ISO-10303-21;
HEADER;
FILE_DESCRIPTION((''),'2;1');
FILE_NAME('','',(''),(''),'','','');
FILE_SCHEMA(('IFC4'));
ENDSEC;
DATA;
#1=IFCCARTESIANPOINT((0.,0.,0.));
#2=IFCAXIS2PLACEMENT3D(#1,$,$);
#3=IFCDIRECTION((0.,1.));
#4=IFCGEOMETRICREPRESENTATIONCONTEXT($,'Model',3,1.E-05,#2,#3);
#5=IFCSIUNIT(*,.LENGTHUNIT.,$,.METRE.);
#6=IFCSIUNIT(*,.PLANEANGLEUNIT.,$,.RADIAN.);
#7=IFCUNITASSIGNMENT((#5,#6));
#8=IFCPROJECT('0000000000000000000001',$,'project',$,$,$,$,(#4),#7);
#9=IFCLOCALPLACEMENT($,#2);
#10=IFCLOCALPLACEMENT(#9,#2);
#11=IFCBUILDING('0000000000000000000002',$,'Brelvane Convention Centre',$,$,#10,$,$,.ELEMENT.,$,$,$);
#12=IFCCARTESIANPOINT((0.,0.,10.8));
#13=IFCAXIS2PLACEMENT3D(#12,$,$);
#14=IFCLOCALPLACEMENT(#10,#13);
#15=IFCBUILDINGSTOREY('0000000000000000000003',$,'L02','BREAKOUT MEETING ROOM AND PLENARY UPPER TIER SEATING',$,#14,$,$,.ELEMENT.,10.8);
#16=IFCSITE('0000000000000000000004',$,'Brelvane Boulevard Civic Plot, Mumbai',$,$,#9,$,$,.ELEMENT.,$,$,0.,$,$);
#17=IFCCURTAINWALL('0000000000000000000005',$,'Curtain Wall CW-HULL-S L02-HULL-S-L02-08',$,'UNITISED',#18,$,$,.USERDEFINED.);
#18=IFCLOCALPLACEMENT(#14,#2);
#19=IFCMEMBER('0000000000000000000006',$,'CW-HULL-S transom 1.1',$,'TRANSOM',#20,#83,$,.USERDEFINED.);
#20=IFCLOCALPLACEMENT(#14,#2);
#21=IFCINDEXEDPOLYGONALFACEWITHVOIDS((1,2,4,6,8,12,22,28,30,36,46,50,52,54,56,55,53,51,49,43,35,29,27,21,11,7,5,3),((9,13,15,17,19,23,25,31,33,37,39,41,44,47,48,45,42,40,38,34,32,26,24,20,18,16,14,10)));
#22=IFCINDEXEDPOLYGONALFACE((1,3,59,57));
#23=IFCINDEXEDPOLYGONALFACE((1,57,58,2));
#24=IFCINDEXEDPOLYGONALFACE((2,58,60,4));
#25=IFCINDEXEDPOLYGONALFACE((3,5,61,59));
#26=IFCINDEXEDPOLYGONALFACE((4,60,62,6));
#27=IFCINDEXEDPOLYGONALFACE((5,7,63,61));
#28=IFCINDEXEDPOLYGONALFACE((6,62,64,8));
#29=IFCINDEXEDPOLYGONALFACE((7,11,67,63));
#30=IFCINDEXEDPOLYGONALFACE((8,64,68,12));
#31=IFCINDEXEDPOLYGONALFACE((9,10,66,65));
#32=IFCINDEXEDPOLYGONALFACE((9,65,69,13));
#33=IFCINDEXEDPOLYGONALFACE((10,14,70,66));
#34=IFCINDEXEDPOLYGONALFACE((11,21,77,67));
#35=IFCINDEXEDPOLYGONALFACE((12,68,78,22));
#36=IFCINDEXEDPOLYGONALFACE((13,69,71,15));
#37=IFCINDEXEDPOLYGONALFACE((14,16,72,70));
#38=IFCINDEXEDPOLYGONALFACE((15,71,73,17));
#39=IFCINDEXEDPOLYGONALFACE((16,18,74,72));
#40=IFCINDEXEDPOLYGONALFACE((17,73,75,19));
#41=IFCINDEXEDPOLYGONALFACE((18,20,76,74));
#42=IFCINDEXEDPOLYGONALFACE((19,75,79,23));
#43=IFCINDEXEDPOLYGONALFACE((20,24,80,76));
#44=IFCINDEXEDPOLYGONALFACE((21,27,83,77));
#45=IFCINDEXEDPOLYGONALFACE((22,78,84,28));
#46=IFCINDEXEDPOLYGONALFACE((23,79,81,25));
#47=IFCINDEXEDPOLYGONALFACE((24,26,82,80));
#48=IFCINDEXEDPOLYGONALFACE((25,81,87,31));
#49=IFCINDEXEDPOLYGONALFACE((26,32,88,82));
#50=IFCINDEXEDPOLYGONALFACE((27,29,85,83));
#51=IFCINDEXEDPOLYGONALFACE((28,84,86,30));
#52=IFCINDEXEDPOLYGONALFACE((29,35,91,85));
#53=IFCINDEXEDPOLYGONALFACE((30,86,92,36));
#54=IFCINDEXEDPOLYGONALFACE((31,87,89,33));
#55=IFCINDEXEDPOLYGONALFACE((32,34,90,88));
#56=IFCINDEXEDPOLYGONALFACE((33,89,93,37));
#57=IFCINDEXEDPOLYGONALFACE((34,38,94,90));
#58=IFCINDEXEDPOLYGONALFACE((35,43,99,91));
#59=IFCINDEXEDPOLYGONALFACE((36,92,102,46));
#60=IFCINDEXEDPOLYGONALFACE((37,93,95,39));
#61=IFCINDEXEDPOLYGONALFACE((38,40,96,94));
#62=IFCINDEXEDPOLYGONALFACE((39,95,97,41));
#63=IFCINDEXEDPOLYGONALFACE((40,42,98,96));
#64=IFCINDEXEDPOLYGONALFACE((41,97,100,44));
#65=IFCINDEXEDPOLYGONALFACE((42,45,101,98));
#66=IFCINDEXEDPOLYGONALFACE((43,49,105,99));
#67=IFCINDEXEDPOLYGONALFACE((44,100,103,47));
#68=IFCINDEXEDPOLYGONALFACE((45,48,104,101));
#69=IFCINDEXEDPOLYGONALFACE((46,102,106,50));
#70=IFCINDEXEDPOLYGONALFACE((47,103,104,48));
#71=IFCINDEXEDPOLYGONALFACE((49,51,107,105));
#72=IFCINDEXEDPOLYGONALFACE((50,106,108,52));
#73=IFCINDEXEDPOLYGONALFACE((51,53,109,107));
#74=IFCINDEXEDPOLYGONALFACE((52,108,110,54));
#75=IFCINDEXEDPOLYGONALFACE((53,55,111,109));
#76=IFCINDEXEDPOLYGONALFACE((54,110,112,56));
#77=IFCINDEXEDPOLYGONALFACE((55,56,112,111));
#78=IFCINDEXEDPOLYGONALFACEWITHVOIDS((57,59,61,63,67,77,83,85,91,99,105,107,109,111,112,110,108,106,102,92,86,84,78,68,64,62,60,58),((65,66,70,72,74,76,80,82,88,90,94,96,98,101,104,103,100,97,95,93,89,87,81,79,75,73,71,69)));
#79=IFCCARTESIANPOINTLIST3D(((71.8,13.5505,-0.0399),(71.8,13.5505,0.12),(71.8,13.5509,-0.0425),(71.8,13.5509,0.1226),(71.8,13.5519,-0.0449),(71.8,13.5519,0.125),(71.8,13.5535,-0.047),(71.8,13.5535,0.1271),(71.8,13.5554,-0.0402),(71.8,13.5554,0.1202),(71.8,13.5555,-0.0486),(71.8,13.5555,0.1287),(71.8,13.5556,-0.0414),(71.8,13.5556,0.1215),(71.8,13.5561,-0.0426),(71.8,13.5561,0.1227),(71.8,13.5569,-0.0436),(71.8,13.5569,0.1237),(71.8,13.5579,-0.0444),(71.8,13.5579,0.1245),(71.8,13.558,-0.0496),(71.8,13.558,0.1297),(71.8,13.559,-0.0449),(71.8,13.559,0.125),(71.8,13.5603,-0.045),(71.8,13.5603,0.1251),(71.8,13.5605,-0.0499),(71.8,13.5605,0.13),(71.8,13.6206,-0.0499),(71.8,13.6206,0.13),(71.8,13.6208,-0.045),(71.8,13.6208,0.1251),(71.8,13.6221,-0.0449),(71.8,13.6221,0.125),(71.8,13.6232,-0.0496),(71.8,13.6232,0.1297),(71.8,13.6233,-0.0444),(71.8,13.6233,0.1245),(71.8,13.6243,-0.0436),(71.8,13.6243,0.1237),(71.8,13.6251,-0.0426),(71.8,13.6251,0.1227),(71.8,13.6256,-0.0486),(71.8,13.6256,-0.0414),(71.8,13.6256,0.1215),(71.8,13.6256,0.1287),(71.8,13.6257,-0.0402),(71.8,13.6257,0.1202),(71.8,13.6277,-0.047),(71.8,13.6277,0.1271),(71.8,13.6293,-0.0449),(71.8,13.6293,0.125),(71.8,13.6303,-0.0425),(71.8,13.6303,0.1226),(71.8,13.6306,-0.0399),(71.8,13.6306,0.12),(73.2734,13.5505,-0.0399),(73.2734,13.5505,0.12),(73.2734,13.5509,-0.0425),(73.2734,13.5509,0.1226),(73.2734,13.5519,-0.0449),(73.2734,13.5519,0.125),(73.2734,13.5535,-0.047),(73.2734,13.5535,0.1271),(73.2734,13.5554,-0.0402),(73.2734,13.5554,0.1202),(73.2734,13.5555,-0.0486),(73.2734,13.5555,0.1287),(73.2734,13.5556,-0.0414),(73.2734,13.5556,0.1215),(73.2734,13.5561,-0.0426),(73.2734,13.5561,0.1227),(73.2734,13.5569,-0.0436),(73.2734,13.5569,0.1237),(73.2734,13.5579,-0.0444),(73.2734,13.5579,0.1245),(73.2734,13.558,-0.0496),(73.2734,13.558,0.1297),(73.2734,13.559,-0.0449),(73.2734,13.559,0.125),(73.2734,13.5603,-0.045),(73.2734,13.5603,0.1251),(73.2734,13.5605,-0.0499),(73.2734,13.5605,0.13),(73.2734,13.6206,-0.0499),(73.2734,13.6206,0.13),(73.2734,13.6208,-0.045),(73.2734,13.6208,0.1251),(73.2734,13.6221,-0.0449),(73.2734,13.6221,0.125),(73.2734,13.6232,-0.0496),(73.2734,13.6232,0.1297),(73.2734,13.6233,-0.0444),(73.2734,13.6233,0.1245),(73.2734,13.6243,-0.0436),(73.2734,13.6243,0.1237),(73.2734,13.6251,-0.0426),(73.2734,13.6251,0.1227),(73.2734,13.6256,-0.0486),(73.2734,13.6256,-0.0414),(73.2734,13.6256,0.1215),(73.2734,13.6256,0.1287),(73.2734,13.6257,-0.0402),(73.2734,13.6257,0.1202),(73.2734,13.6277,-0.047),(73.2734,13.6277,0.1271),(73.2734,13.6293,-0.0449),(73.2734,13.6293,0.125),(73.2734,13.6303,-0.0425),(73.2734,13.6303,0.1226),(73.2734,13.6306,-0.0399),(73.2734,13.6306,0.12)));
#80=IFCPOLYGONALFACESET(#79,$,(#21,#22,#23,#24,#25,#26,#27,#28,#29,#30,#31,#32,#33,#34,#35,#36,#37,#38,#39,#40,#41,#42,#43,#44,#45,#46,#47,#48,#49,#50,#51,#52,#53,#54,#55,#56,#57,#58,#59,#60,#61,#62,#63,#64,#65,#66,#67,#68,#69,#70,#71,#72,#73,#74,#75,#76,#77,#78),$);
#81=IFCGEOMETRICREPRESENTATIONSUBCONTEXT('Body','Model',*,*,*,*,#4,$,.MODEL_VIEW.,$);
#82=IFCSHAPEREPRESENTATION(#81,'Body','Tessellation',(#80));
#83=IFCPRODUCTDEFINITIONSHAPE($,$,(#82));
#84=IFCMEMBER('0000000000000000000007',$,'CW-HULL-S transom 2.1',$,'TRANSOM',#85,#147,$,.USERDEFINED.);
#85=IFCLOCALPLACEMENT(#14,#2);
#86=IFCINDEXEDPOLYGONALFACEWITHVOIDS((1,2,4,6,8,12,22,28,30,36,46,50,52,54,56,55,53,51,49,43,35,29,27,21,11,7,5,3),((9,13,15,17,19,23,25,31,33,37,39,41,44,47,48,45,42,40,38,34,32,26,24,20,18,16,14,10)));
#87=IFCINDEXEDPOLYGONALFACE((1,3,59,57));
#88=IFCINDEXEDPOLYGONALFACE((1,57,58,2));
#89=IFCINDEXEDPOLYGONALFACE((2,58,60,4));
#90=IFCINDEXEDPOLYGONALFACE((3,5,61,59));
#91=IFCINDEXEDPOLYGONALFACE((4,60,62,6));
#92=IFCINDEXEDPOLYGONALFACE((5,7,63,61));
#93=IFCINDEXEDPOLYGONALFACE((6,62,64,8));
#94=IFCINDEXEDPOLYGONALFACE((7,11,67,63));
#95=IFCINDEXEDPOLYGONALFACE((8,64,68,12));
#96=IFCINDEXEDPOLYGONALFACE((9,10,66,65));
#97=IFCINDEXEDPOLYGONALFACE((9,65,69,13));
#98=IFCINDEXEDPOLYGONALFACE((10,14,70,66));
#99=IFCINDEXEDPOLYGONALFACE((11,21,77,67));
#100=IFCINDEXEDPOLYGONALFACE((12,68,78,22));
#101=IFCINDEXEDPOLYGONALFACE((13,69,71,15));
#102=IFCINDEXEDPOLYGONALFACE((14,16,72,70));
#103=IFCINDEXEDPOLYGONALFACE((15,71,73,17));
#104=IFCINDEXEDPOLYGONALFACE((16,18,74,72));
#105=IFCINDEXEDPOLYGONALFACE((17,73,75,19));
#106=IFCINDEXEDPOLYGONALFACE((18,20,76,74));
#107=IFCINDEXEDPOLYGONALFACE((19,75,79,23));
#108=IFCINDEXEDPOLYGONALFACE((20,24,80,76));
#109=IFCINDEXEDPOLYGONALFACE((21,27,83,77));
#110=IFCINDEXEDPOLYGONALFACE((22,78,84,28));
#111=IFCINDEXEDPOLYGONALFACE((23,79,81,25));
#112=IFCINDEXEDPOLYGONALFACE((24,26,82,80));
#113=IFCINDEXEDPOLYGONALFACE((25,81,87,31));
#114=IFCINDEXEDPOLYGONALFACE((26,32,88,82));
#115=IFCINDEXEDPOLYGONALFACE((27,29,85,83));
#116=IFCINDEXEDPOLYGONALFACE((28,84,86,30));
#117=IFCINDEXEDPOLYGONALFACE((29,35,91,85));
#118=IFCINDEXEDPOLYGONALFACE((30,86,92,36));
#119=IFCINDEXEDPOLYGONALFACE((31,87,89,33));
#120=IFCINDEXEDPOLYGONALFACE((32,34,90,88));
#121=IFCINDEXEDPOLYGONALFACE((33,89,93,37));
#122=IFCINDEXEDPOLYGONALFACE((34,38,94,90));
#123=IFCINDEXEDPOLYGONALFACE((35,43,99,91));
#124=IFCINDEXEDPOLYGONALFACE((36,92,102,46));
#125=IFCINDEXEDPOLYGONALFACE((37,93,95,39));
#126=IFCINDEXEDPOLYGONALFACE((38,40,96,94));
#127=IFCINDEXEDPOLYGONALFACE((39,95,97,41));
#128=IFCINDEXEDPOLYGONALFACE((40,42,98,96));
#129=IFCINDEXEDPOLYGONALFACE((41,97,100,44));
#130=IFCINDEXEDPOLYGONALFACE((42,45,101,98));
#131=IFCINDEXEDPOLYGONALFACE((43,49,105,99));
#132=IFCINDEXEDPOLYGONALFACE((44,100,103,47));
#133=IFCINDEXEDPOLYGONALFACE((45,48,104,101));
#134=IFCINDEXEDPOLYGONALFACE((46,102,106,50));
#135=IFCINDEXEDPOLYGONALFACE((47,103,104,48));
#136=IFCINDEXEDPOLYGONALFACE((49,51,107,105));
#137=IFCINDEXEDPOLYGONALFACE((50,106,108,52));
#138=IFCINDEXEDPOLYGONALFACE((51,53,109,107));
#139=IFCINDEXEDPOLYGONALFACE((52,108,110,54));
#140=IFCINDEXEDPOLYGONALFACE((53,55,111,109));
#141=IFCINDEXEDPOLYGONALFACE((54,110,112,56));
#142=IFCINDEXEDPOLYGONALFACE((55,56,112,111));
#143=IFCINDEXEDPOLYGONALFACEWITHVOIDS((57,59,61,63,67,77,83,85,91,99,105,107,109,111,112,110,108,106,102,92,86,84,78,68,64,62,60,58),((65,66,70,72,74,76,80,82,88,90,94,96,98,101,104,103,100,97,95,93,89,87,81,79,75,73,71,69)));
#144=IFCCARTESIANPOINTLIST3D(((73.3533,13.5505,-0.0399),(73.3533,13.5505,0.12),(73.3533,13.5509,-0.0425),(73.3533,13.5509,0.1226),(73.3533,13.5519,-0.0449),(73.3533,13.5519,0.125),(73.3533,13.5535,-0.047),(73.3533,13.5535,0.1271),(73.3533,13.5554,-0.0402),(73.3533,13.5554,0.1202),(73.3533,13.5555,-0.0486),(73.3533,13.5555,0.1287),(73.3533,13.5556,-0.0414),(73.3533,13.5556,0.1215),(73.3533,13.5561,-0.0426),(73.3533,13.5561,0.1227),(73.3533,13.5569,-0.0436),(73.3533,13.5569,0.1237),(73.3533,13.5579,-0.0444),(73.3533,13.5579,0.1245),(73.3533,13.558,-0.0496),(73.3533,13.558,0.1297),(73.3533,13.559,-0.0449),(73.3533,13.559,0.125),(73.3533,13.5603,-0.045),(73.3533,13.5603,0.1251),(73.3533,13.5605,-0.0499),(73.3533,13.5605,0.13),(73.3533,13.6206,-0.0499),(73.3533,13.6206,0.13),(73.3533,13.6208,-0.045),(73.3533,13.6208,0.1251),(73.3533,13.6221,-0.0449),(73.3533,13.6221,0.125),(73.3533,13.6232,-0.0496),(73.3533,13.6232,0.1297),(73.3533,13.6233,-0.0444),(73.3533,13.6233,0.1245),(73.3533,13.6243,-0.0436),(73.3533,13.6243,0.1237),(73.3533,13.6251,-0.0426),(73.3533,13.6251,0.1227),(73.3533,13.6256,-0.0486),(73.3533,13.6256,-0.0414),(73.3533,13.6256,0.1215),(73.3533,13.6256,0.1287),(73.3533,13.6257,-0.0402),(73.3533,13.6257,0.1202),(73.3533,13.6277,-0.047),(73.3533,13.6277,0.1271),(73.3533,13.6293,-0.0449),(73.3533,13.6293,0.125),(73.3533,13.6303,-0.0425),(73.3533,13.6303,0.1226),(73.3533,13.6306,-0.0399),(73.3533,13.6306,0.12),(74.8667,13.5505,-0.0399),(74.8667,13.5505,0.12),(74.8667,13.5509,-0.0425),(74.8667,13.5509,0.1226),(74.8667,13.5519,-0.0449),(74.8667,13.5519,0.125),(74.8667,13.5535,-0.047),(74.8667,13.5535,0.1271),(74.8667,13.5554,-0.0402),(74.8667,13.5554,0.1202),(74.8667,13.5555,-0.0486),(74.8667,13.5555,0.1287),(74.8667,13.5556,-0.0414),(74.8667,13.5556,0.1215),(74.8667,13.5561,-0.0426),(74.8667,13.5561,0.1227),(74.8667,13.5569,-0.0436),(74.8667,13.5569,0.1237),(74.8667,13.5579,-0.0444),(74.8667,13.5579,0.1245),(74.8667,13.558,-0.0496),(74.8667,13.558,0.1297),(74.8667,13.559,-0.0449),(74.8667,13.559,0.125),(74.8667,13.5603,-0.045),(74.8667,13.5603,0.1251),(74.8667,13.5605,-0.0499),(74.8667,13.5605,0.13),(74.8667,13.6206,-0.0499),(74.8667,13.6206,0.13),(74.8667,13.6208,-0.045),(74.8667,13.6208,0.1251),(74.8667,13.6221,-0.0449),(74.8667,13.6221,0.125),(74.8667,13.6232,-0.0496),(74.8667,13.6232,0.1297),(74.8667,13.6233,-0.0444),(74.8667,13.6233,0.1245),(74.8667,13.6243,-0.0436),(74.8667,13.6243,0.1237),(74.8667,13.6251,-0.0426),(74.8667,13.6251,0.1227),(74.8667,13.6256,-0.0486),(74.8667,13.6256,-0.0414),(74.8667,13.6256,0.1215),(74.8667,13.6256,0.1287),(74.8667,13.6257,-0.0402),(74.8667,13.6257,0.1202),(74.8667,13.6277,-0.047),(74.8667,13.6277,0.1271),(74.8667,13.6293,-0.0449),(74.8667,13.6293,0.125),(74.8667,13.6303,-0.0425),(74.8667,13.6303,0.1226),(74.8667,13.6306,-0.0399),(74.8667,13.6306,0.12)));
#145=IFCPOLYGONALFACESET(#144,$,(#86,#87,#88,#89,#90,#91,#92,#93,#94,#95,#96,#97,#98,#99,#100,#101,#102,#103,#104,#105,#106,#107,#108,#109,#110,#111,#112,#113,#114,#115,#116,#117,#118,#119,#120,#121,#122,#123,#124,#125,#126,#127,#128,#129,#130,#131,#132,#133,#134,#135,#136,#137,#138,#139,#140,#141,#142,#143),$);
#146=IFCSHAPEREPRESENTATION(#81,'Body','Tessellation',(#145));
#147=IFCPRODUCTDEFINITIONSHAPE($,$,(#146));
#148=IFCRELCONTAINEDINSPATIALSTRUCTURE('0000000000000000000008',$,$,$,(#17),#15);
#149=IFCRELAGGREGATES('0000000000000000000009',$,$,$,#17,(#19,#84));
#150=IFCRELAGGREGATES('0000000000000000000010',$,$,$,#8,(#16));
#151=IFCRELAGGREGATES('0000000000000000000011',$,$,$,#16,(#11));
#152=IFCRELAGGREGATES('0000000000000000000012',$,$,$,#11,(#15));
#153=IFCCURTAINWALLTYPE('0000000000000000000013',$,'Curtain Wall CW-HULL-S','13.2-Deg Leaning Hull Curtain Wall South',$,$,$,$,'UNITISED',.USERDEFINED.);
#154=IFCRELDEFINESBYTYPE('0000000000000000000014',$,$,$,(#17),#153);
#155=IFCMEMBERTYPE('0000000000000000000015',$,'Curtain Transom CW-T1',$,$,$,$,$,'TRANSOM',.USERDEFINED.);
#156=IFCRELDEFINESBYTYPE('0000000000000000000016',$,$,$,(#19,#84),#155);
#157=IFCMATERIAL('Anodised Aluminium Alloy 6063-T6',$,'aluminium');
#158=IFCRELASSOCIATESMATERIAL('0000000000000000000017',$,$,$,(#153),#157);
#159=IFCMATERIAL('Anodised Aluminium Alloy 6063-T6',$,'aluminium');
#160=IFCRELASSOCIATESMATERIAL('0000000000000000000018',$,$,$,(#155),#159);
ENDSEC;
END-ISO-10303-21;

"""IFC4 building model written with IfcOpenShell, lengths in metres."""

from ifc_helpers import new_model, si_unit, direction, frame, origin, origin_2d, place, context, subcontext, project, spatial, hollow_rectangle, extrude, material, material_profile, profile_set, type_object, element, aggregate, save


model = new_model("IFC4")

# Units and contexts
model_context = context("Model", 3, precision=1e-05, world=origin(), true_north=direction((0.0, 1.0)))
body_context = subcontext(model_context, "Body", "Model", "MODEL_VIEW")
ifc_project = project(units=[si_unit("LENGTHUNIT", "METRE"), si_unit("PLANEANGLEUNIT", "RADIAN")], contexts=[model_context])

# Site, building, storey
site_placement = place(None, origin())
site = spatial("IfcSite", under=ifc_project, at=site_placement, Name="Brelvane Boulevard Civic Plot, Mumbai", CompositionType="ELEMENT", RefElevation=0.0)
building_placement = place(site_placement, origin())
building = spatial("IfcBuilding", under=site, at=building_placement, Name="Brelvane Convention Centre", CompositionType="ELEMENT")
storey_placement = place(building_placement, frame((0.0, 0.0, 10.8)))
storey = spatial("IfcBuildingStorey", under=building, at=storey_placement, Name="L02", Description="BREAKOUT MEETING ROOM AND PLENARY UPPER TIER SEATING", CompositionType="ELEMENT", Elevation=10.8)

# Curtain wall
ifc_material_1 = material(Name="Anodised Aluminium Alloy 6063-T6", Category="aluminium")
curtain_wall_type = type_object("IfcCurtainWallType", Name="Curtain Wall CW-HULL-S", Description="13.2-Deg Leaning Hull Curtain Wall South", ElementType="UNITISED", PredefinedType="USERDEFINED", material=ifc_material_1)
curtain_wall_1_placement = place(storey_placement, origin())
curtain_wall_1 = element("IfcCurtainWall", 1, at=curtain_wall_1_placement, inside=storey, type_object=curtain_wall_type, Name="Curtain Wall CW-HULL-S L02-HULL-S-L02-08", ObjectType="UNITISED", PredefinedType="USERDEFINED")

# Members
ifc_material_2 = material(Name="Anodised Aluminium Alloy 6063-T6", Category="aluminium")
ifc_material_profile_1 = material_profile(ifc_material_2, hollow_rectangle(XDim=0.0801, YDim=0.1799, WallThickness=0.0049, InnerFilletRadius=0.0049, OuterFilletRadius=0.01, at=origin_2d()), Name="ALU-T 180x80x5.0")
ifc_profile_set_1 = profile_set([ifc_material_profile_1], Name="Anodised Aluminium Alloy 6063-T6")
member_type_1 = type_object("IfcMemberType", Name="Curtain Transom CW-T1", ElementType="TRANSOM", PredefinedType="USERDEFINED", material=ifc_profile_set_1)
member_1_placement = place(storey_placement, frame((71.8, 13.5906, 0.04), z_axis=(1.0, 0.0, 0.0), x_axis=(0.0, 1.0, 0.0)))
member_1 = element("IfcMember", 2, at=member_1_placement, type_object=member_type_1, Name="CW-HULL-S transom 1.1", ObjectType="TRANSOM", PredefinedType="USERDEFINED", context=body_context, shape_type="SweptSolid", body=[
    extrude(hollow_rectangle(XDim=0.0801, YDim=0.1799, WallThickness=0.0049, InnerFilletRadius=0.0049, OuterFilletRadius=0.01, at=origin_2d()), origin(), (0.0, 0.0, 1.0), 1.4734),
])
member_2_placement = place(storey_placement, frame((73.3533, 13.5906, 0.04), z_axis=(1.0, 0.0, 0.0), x_axis=(0.0, 1.0, 0.0)))
member_2 = element("IfcMember", 3, at=member_2_placement, type_object=member_type_1, Name="CW-HULL-S transom 2.1", ObjectType="TRANSOM", PredefinedType="USERDEFINED", context=body_context, shape_type="SweptSolid", body=[
    extrude(hollow_rectangle(XDim=0.0801, YDim=0.1799, WallThickness=0.0049, InnerFilletRadius=0.0049, OuterFilletRadius=0.01, at=origin_2d()), origin(), (0.0, 0.0, 1.0), 1.5134),
])

aggregate(curtain_wall_1, [member_1, member_2])

save(model, "model.ifc")
